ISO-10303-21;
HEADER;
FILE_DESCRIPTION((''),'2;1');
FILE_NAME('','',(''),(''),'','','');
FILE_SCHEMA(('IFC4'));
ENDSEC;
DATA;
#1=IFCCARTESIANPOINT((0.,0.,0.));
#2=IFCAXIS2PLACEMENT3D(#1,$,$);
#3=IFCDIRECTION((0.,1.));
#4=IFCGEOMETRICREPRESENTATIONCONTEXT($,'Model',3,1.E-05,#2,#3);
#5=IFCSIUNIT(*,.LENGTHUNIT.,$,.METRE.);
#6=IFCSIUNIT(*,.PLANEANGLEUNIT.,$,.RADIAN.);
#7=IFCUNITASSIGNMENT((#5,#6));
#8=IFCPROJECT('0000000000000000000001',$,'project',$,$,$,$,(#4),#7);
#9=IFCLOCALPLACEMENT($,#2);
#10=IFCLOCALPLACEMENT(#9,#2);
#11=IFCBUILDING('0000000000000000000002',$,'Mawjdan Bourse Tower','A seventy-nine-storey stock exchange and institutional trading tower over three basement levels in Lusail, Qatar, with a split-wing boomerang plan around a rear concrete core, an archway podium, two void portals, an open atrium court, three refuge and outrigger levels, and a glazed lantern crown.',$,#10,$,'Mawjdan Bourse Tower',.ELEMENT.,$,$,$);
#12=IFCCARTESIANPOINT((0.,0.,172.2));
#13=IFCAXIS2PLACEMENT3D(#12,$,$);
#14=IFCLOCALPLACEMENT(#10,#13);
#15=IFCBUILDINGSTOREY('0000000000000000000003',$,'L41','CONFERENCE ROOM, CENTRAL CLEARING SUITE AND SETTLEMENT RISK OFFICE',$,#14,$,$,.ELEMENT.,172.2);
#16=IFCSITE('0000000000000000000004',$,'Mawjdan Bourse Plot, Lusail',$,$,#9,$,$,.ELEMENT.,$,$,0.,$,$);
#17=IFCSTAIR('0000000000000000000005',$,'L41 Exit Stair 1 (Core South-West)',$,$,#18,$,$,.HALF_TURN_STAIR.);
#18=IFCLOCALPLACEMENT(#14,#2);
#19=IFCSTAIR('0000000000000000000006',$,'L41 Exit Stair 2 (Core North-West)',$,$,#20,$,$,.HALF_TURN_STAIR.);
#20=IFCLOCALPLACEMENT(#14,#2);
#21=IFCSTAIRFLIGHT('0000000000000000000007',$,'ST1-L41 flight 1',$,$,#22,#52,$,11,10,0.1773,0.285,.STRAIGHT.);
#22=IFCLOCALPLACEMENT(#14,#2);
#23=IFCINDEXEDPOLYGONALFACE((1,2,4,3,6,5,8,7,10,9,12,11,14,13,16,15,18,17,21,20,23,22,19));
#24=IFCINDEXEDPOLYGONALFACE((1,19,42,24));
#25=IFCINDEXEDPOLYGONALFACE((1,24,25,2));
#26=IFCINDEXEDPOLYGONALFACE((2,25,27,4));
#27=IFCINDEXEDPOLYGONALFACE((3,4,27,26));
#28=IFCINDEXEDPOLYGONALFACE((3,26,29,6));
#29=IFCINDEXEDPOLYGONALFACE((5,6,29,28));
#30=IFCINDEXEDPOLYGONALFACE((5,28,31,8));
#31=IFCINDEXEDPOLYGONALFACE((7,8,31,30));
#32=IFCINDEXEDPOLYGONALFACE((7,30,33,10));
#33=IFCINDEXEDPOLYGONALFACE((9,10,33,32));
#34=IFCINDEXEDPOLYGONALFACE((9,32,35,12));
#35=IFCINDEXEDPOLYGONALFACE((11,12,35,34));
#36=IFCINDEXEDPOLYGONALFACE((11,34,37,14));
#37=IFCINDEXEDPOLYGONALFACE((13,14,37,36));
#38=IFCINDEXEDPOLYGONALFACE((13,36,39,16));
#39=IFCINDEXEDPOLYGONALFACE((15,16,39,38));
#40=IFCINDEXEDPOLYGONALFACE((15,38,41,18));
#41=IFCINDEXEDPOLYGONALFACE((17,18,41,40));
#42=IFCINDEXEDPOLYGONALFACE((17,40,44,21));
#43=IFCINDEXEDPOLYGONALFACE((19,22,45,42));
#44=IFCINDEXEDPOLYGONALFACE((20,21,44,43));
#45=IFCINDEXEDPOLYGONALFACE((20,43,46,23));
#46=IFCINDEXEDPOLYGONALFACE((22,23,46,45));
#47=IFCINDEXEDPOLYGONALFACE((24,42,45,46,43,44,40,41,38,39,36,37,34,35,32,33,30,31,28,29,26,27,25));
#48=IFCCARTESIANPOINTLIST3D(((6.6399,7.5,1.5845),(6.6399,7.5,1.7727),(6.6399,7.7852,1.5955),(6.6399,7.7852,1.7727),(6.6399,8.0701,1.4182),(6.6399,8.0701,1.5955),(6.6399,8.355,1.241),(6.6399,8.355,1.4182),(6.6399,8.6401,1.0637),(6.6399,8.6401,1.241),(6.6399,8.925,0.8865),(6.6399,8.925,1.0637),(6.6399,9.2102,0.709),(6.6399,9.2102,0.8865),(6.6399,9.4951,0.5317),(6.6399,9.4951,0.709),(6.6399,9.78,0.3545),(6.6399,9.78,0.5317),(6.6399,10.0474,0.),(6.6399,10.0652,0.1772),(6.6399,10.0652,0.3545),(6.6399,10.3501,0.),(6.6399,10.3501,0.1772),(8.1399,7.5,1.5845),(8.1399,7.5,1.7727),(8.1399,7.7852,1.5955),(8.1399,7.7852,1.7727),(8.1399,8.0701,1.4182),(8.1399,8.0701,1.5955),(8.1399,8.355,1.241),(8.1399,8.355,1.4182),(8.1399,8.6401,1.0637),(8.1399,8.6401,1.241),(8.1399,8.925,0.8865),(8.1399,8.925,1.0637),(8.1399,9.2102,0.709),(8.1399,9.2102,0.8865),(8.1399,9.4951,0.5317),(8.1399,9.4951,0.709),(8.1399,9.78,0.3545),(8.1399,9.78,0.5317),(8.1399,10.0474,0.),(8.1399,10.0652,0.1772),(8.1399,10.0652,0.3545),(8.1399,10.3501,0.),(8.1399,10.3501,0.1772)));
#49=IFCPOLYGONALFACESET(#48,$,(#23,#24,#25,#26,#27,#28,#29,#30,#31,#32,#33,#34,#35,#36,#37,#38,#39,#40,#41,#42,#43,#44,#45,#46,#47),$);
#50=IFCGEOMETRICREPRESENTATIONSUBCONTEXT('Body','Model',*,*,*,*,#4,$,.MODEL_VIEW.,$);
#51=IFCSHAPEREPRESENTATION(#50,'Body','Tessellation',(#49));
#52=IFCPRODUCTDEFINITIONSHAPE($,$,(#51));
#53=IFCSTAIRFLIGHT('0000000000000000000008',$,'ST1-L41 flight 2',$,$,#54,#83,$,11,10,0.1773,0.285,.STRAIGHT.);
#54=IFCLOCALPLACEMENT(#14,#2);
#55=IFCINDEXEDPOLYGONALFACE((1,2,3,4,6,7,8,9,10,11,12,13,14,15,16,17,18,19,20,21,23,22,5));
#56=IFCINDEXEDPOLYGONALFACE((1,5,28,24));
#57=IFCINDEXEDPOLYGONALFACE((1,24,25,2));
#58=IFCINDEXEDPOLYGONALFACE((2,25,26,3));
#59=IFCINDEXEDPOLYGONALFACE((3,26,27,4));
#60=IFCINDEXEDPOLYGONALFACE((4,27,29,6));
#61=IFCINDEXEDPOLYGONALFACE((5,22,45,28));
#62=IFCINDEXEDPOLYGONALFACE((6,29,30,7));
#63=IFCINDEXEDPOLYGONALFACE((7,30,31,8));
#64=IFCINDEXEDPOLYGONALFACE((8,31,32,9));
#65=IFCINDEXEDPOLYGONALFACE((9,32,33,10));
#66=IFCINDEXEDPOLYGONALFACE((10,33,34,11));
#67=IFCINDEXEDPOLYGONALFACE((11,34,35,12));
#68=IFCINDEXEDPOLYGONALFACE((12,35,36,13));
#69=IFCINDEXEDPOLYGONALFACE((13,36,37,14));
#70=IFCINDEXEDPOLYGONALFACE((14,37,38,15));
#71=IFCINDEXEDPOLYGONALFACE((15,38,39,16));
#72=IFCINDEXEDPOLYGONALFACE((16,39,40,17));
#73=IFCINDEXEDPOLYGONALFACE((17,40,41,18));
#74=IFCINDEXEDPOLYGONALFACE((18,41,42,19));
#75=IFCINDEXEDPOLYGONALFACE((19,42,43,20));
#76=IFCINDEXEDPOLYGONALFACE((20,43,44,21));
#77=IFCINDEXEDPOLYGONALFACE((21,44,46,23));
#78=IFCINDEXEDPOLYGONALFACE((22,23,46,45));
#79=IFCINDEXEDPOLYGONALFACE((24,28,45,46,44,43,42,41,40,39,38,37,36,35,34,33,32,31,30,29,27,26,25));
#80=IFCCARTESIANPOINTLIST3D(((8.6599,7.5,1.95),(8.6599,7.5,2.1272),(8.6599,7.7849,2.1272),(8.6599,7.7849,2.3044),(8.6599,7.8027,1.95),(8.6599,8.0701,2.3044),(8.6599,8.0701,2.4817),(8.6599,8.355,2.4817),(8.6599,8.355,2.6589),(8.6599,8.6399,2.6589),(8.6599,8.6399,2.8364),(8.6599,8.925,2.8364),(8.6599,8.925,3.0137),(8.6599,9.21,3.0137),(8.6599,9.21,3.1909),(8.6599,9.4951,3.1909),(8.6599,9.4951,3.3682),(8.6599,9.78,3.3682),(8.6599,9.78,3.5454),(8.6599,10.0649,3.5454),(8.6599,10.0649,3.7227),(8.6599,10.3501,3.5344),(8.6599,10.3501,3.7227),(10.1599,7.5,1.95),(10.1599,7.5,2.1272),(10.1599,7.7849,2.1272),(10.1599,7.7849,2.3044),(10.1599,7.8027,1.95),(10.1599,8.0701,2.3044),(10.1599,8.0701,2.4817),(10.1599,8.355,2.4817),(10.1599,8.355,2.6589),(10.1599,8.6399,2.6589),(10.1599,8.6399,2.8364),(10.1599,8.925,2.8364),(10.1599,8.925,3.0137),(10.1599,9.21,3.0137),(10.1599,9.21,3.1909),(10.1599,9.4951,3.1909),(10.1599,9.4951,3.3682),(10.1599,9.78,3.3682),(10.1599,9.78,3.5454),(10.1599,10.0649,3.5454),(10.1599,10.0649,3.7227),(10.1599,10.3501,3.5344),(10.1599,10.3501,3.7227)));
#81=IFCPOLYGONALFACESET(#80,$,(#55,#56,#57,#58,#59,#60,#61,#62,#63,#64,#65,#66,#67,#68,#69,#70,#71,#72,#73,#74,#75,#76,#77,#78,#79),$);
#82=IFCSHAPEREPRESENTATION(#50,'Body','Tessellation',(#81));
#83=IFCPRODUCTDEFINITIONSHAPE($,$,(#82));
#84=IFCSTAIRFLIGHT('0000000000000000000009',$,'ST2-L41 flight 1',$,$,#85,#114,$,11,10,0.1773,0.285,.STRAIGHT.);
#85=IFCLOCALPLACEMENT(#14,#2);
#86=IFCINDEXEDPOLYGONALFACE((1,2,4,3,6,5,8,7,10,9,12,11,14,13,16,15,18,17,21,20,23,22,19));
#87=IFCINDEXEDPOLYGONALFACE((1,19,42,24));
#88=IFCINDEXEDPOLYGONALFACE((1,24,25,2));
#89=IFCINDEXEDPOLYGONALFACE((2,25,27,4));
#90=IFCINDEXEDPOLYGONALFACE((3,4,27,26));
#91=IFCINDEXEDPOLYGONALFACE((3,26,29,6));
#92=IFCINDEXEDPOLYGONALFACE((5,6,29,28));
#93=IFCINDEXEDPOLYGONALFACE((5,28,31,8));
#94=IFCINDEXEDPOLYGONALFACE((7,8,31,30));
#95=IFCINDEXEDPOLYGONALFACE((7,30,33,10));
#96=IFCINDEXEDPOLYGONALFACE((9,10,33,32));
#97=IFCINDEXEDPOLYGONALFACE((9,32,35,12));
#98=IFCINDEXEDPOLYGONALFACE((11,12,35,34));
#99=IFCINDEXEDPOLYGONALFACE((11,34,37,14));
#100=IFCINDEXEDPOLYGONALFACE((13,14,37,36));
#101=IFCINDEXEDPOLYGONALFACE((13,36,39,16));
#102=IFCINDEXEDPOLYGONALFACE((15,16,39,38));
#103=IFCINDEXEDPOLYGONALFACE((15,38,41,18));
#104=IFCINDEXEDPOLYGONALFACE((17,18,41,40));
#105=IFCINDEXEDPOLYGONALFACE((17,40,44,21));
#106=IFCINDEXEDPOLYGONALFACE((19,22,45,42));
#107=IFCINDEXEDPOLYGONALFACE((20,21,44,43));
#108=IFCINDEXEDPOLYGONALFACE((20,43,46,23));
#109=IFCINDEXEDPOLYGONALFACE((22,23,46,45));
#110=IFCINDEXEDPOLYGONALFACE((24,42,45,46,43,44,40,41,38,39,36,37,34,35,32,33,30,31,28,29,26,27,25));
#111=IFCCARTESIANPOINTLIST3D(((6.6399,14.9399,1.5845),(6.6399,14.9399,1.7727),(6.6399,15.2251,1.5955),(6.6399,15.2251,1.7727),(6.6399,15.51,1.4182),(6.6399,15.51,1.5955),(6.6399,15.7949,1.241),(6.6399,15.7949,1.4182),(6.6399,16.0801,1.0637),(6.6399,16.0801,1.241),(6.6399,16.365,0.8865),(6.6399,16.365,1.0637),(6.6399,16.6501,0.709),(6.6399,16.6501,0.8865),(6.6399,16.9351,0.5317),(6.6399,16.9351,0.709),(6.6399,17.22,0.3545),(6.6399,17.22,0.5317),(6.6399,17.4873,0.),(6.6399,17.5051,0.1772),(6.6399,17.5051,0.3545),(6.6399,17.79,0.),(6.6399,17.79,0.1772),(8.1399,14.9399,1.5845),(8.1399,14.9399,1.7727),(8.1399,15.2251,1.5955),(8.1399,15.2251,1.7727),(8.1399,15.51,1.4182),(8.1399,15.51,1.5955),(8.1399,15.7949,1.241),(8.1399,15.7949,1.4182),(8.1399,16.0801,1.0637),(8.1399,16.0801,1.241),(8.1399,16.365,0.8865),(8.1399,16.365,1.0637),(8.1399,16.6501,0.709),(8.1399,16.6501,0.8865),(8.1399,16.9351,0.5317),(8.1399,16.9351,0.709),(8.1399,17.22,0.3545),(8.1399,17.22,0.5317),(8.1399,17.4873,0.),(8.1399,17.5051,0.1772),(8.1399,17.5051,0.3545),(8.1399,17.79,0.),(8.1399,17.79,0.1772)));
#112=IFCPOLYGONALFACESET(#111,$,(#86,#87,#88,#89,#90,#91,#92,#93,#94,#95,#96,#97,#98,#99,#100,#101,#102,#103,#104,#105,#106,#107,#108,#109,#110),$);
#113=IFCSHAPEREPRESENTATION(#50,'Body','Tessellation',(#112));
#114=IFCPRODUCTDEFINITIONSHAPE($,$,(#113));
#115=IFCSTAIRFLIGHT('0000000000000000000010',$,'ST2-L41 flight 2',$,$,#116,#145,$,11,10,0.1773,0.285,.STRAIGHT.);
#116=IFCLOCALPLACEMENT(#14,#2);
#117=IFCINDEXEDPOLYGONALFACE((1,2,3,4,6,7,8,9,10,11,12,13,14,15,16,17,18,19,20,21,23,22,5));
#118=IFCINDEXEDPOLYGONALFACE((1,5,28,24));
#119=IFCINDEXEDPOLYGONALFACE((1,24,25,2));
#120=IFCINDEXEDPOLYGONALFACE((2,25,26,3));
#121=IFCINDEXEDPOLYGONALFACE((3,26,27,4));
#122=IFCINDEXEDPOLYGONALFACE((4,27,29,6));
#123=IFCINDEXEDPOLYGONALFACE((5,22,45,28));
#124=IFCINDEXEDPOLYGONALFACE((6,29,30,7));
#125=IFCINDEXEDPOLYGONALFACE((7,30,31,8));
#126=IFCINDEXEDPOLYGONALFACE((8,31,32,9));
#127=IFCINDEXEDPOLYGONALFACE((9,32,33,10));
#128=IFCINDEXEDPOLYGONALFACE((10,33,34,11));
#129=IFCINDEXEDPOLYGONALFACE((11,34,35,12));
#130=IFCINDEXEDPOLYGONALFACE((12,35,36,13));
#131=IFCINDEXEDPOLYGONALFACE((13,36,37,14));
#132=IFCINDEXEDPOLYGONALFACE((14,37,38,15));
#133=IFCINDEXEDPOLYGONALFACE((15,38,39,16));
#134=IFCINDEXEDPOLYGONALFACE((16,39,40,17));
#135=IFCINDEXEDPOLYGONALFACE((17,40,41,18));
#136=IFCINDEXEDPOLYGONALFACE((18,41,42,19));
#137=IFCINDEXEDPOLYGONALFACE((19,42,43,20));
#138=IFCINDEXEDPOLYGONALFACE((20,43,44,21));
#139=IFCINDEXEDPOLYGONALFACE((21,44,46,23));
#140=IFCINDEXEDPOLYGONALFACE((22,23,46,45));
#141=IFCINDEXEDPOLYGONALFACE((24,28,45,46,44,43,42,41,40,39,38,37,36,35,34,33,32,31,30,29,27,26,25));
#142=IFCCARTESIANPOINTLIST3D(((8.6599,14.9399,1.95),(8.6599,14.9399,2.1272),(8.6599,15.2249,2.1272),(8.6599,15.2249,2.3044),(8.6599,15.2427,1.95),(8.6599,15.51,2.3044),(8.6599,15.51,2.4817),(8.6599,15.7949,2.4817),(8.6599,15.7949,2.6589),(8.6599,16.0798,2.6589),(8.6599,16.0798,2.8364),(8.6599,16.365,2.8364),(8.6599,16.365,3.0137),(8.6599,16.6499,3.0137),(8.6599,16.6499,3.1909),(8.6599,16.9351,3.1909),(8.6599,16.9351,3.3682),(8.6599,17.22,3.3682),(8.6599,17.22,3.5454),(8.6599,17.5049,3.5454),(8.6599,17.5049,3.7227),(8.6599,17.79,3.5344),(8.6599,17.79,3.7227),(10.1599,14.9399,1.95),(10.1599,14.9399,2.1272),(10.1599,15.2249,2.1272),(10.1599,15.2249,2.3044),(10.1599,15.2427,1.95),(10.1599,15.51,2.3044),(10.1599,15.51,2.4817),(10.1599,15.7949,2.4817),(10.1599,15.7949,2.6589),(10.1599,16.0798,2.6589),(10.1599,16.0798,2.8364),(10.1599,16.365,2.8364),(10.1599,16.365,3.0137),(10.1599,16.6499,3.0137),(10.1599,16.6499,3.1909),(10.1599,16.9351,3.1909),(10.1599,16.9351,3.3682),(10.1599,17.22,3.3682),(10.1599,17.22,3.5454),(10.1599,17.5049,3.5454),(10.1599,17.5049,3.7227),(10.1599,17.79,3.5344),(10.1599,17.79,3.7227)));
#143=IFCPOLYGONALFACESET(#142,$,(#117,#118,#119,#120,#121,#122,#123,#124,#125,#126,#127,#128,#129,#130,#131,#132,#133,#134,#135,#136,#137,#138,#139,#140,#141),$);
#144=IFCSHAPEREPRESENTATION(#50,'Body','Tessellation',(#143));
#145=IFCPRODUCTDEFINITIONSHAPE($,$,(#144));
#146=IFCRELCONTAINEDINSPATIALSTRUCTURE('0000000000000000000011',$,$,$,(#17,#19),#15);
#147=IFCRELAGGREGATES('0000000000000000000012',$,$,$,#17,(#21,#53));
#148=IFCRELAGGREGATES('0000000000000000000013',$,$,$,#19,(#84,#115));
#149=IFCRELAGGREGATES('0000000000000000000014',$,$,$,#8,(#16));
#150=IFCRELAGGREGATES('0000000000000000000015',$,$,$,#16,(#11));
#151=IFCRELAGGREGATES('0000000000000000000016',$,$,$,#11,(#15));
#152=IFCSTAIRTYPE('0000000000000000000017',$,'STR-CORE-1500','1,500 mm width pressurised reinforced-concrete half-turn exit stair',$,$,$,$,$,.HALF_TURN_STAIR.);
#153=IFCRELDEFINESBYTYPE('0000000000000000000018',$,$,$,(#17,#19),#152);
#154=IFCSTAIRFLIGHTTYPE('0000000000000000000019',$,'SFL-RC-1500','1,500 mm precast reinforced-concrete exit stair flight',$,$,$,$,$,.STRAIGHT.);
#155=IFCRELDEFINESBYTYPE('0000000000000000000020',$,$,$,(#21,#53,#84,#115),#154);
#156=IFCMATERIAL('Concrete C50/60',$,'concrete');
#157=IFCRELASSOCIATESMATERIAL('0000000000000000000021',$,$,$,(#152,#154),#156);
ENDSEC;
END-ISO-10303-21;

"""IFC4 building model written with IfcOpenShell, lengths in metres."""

from ifc_helpers import new_model, si_unit, direction, frame, origin, place, context, subcontext, project, spatial, polyline, outline, extrude, material, type_object, element, aggregate, save


model = new_model("IFC4")

# Units and contexts
model_context = context("Model", 3, precision=1e-05, world=origin(), true_north=direction((0.0, 1.0)))
body_context = subcontext(model_context, "Body", "Model", "MODEL_VIEW")
ifc_project = project(units=[si_unit("LENGTHUNIT", "METRE"), si_unit("PLANEANGLEUNIT", "RADIAN")], contexts=[model_context])

# Site, building, storey
site_placement = place(None, origin())
site = spatial("IfcSite", under=ifc_project, at=site_placement, Name="Mawjdan Bourse Plot, Lusail", CompositionType="ELEMENT", RefElevation=0.0)
building_placement = place(site_placement, origin())
building = spatial("IfcBuilding", under=site, at=building_placement, Name="Mawjdan Bourse Tower", Description="A seventy-nine-storey stock exchange and institutional trading tower over three basement levels in Lusail, Qatar, with a split-wing boomerang plan around a rear concrete core, an archway podium, two void portals, an open atrium court, three refuge and outrigger levels, and a glazed lantern crown.", LongName="Mawjdan Bourse Tower", CompositionType="ELEMENT")
storey_placement = place(building_placement, frame((0.0, 0.0, 172.2)))
storey = spatial("IfcBuildingStorey", under=building, at=storey_placement, Name="L41", Description="CONFERENCE ROOM, CENTRAL CLEARING SUITE AND SETTLEMENT RISK OFFICE", CompositionType="ELEMENT", Elevation=172.2)

# Stairs
ifc_material_1 = material(Name="Concrete C50/60", Category="concrete")
stair_type = type_object("IfcStairType", Name="STR-CORE-1500", Description="1,500 mm width pressurised reinforced-concrete half-turn exit stair", PredefinedType="HALF_TURN_STAIR", material=ifc_material_1)
stair_1_placement = place(storey_placement, origin())
stair_1 = element("IfcStair", 1, at=stair_1_placement, inside=storey, type_object=stair_type, Name="L41 Exit Stair 1 (Core South-West)", PredefinedType="HALF_TURN_STAIR")
stair_2_placement = place(storey_placement, origin())
stair_2 = element("IfcStair", 2, at=stair_2_placement, inside=storey, type_object=stair_type, Name="L41 Exit Stair 2 (Core North-West)", PredefinedType="HALF_TURN_STAIR")

# Stair flights
stair_flight_type = type_object("IfcStairFlightType", Name="SFL-RC-1500", Description="1,500 mm precast reinforced-concrete exit stair flight", PredefinedType="STRAIGHT", material=ifc_material_1)
stair_flight_1_placement = place(storey_placement, frame((7.3899, 10.3501, 0.0), z_axis=(0.0, 0.0, 1.0), x_axis=(0.0, -1.0, 0.0)))
stair_flight_1 = element("IfcStairFlight", 3, at=stair_flight_1_placement, type_object=stair_flight_type, Name="ST1-L41 flight 1", NumberOfRisers=11, NumberOfTreads=10, PredefinedType="STRAIGHT", RiserHeight=0.1773, TreadLength=0.285, context=body_context, shape_type="SweptSolid", body=[
    extrude(outline(polyline([(0.0, 0.0), (0.0, 0.1772), (0.2849, 0.1772), (0.2849, 0.3545), (0.5701, 0.3545), (0.5701, 0.5317), (0.855, 0.5317), (0.855, 0.709), (1.1399, 0.709), (1.1399, 0.8865), (1.425, 0.8865), (1.425, 1.0637), (1.71, 1.0637), (1.71, 1.241), (1.9951, 1.241), (1.9951, 1.4182), (2.28, 1.4182), (2.28, 1.5955), (2.5649, 1.5955), (2.5649, 1.7727), (2.8501, 1.7727), (2.8501, 1.95), (2.8501, 1.5845), (0.3027, 0.0), (0.0, 0.0)])), frame((0.0, 0.75, 0.0), z_axis=(0.0, -1.0, 0.0), x_axis=(1.0, 0.0, 0.0)), (0.0, 0.0, 1.0), 1.5),
])
stair_flight_2_placement = place(storey_placement, frame((9.4099, 7.5, 1.95), z_axis=(0.0, 0.0, 1.0), x_axis=(0.0, 1.0, 0.0)))
stair_flight_2 = element("IfcStairFlight", 4, at=stair_flight_2_placement, type_object=stair_flight_type, Name="ST1-L41 flight 2", NumberOfRisers=11, NumberOfTreads=10, PredefinedType="STRAIGHT", RiserHeight=0.1773, TreadLength=0.285, context=body_context, shape_type="SweptSolid", body=[
    extrude(outline(polyline([(0.0, 0.0), (0.0, 0.1772), (0.2849, 0.1772), (0.2849, 0.3545), (0.5701, 0.3545), (0.5701, 0.5317), (0.855, 0.5317), (0.855, 0.709), (1.1399, 0.709), (1.1399, 0.8865), (1.425, 0.8865), (1.425, 1.0637), (1.71, 1.0637), (1.71, 1.241), (1.9951, 1.241), (1.9951, 1.4182), (2.28, 1.4182), (2.28, 1.5955), (2.5649, 1.5955), (2.5649, 1.7727), (2.8501, 1.7727), (2.8501, 1.95), (2.8501, 1.5845), (0.3027, 0.0), (0.0, 0.0)])), frame((0.0, 0.75, 0.0), z_axis=(0.0, -1.0, 0.0), x_axis=(1.0, 0.0, 0.0)), (0.0, 0.0, 1.0), 1.5),
])
aggregate(stair_1, [stair_flight_1, stair_flight_2])
stair_flight_3_placement = place(storey_placement, frame((7.3899, 17.79, 0.0), z_axis=(0.0, 0.0, 1.0), x_axis=(0.0, -1.0, 0.0)))
stair_flight_3 = element("IfcStairFlight", 5, at=stair_flight_3_placement, type_object=stair_flight_type, Name="ST2-L41 flight 1", NumberOfRisers=11, NumberOfTreads=10, PredefinedType="STRAIGHT", RiserHeight=0.1773, TreadLength=0.285, context=body_context, shape_type="SweptSolid", body=[
    extrude(outline(polyline([(0.0, 0.0), (0.0, 0.1772), (0.2849, 0.1772), (0.2849, 0.3545), (0.5701, 0.3545), (0.5701, 0.5317), (0.855, 0.5317), (0.855, 0.709), (1.1399, 0.709), (1.1399, 0.8865), (1.425, 0.8865), (1.425, 1.0637), (1.71, 1.0637), (1.71, 1.241), (1.9951, 1.241), (1.9951, 1.4182), (2.28, 1.4182), (2.28, 1.5955), (2.5649, 1.5955), (2.5649, 1.7727), (2.8501, 1.7727), (2.8501, 1.95), (2.8501, 1.5845), (0.3027, 0.0), (0.0, 0.0)])), frame((0.0, 0.75, 0.0), z_axis=(0.0, -1.0, 0.0), x_axis=(1.0, 0.0, 0.0)), (0.0, 0.0, 1.0), 1.5),
])
stair_flight_4_placement = place(storey_placement, frame((9.4099, 14.9399, 1.95), z_axis=(0.0, 0.0, 1.0), x_axis=(0.0, 1.0, 0.0)))
stair_flight_4 = element("IfcStairFlight", 6, at=stair_flight_4_placement, type_object=stair_flight_type, Name="ST2-L41 flight 2", NumberOfRisers=11, NumberOfTreads=10, PredefinedType="STRAIGHT", RiserHeight=0.1773, TreadLength=0.285, context=body_context, shape_type="SweptSolid", body=[
    extrude(outline(polyline([(0.0, 0.0), (0.0, 0.1772), (0.2849, 0.1772), (0.2849, 0.3545), (0.5701, 0.3545), (0.5701, 0.5317), (0.855, 0.5317), (0.855, 0.709), (1.1399, 0.709), (1.1399, 0.8865), (1.425, 0.8865), (1.425, 1.0637), (1.71, 1.0637), (1.71, 1.241), (1.9951, 1.241), (1.9951, 1.4182), (2.28, 1.4182), (2.28, 1.5955), (2.5649, 1.5955), (2.5649, 1.7727), (2.8501, 1.7727), (2.8501, 1.95), (2.8501, 1.5845), (0.3027, 0.0), (0.0, 0.0)])), frame((0.0, 0.75, 0.0), z_axis=(0.0, -1.0, 0.0), x_axis=(1.0, 0.0, 0.0)), (0.0, 0.0, 1.0), 1.5),
])
aggregate(stair_2, [stair_flight_3, stair_flight_4])

save(model, "model.ifc")
